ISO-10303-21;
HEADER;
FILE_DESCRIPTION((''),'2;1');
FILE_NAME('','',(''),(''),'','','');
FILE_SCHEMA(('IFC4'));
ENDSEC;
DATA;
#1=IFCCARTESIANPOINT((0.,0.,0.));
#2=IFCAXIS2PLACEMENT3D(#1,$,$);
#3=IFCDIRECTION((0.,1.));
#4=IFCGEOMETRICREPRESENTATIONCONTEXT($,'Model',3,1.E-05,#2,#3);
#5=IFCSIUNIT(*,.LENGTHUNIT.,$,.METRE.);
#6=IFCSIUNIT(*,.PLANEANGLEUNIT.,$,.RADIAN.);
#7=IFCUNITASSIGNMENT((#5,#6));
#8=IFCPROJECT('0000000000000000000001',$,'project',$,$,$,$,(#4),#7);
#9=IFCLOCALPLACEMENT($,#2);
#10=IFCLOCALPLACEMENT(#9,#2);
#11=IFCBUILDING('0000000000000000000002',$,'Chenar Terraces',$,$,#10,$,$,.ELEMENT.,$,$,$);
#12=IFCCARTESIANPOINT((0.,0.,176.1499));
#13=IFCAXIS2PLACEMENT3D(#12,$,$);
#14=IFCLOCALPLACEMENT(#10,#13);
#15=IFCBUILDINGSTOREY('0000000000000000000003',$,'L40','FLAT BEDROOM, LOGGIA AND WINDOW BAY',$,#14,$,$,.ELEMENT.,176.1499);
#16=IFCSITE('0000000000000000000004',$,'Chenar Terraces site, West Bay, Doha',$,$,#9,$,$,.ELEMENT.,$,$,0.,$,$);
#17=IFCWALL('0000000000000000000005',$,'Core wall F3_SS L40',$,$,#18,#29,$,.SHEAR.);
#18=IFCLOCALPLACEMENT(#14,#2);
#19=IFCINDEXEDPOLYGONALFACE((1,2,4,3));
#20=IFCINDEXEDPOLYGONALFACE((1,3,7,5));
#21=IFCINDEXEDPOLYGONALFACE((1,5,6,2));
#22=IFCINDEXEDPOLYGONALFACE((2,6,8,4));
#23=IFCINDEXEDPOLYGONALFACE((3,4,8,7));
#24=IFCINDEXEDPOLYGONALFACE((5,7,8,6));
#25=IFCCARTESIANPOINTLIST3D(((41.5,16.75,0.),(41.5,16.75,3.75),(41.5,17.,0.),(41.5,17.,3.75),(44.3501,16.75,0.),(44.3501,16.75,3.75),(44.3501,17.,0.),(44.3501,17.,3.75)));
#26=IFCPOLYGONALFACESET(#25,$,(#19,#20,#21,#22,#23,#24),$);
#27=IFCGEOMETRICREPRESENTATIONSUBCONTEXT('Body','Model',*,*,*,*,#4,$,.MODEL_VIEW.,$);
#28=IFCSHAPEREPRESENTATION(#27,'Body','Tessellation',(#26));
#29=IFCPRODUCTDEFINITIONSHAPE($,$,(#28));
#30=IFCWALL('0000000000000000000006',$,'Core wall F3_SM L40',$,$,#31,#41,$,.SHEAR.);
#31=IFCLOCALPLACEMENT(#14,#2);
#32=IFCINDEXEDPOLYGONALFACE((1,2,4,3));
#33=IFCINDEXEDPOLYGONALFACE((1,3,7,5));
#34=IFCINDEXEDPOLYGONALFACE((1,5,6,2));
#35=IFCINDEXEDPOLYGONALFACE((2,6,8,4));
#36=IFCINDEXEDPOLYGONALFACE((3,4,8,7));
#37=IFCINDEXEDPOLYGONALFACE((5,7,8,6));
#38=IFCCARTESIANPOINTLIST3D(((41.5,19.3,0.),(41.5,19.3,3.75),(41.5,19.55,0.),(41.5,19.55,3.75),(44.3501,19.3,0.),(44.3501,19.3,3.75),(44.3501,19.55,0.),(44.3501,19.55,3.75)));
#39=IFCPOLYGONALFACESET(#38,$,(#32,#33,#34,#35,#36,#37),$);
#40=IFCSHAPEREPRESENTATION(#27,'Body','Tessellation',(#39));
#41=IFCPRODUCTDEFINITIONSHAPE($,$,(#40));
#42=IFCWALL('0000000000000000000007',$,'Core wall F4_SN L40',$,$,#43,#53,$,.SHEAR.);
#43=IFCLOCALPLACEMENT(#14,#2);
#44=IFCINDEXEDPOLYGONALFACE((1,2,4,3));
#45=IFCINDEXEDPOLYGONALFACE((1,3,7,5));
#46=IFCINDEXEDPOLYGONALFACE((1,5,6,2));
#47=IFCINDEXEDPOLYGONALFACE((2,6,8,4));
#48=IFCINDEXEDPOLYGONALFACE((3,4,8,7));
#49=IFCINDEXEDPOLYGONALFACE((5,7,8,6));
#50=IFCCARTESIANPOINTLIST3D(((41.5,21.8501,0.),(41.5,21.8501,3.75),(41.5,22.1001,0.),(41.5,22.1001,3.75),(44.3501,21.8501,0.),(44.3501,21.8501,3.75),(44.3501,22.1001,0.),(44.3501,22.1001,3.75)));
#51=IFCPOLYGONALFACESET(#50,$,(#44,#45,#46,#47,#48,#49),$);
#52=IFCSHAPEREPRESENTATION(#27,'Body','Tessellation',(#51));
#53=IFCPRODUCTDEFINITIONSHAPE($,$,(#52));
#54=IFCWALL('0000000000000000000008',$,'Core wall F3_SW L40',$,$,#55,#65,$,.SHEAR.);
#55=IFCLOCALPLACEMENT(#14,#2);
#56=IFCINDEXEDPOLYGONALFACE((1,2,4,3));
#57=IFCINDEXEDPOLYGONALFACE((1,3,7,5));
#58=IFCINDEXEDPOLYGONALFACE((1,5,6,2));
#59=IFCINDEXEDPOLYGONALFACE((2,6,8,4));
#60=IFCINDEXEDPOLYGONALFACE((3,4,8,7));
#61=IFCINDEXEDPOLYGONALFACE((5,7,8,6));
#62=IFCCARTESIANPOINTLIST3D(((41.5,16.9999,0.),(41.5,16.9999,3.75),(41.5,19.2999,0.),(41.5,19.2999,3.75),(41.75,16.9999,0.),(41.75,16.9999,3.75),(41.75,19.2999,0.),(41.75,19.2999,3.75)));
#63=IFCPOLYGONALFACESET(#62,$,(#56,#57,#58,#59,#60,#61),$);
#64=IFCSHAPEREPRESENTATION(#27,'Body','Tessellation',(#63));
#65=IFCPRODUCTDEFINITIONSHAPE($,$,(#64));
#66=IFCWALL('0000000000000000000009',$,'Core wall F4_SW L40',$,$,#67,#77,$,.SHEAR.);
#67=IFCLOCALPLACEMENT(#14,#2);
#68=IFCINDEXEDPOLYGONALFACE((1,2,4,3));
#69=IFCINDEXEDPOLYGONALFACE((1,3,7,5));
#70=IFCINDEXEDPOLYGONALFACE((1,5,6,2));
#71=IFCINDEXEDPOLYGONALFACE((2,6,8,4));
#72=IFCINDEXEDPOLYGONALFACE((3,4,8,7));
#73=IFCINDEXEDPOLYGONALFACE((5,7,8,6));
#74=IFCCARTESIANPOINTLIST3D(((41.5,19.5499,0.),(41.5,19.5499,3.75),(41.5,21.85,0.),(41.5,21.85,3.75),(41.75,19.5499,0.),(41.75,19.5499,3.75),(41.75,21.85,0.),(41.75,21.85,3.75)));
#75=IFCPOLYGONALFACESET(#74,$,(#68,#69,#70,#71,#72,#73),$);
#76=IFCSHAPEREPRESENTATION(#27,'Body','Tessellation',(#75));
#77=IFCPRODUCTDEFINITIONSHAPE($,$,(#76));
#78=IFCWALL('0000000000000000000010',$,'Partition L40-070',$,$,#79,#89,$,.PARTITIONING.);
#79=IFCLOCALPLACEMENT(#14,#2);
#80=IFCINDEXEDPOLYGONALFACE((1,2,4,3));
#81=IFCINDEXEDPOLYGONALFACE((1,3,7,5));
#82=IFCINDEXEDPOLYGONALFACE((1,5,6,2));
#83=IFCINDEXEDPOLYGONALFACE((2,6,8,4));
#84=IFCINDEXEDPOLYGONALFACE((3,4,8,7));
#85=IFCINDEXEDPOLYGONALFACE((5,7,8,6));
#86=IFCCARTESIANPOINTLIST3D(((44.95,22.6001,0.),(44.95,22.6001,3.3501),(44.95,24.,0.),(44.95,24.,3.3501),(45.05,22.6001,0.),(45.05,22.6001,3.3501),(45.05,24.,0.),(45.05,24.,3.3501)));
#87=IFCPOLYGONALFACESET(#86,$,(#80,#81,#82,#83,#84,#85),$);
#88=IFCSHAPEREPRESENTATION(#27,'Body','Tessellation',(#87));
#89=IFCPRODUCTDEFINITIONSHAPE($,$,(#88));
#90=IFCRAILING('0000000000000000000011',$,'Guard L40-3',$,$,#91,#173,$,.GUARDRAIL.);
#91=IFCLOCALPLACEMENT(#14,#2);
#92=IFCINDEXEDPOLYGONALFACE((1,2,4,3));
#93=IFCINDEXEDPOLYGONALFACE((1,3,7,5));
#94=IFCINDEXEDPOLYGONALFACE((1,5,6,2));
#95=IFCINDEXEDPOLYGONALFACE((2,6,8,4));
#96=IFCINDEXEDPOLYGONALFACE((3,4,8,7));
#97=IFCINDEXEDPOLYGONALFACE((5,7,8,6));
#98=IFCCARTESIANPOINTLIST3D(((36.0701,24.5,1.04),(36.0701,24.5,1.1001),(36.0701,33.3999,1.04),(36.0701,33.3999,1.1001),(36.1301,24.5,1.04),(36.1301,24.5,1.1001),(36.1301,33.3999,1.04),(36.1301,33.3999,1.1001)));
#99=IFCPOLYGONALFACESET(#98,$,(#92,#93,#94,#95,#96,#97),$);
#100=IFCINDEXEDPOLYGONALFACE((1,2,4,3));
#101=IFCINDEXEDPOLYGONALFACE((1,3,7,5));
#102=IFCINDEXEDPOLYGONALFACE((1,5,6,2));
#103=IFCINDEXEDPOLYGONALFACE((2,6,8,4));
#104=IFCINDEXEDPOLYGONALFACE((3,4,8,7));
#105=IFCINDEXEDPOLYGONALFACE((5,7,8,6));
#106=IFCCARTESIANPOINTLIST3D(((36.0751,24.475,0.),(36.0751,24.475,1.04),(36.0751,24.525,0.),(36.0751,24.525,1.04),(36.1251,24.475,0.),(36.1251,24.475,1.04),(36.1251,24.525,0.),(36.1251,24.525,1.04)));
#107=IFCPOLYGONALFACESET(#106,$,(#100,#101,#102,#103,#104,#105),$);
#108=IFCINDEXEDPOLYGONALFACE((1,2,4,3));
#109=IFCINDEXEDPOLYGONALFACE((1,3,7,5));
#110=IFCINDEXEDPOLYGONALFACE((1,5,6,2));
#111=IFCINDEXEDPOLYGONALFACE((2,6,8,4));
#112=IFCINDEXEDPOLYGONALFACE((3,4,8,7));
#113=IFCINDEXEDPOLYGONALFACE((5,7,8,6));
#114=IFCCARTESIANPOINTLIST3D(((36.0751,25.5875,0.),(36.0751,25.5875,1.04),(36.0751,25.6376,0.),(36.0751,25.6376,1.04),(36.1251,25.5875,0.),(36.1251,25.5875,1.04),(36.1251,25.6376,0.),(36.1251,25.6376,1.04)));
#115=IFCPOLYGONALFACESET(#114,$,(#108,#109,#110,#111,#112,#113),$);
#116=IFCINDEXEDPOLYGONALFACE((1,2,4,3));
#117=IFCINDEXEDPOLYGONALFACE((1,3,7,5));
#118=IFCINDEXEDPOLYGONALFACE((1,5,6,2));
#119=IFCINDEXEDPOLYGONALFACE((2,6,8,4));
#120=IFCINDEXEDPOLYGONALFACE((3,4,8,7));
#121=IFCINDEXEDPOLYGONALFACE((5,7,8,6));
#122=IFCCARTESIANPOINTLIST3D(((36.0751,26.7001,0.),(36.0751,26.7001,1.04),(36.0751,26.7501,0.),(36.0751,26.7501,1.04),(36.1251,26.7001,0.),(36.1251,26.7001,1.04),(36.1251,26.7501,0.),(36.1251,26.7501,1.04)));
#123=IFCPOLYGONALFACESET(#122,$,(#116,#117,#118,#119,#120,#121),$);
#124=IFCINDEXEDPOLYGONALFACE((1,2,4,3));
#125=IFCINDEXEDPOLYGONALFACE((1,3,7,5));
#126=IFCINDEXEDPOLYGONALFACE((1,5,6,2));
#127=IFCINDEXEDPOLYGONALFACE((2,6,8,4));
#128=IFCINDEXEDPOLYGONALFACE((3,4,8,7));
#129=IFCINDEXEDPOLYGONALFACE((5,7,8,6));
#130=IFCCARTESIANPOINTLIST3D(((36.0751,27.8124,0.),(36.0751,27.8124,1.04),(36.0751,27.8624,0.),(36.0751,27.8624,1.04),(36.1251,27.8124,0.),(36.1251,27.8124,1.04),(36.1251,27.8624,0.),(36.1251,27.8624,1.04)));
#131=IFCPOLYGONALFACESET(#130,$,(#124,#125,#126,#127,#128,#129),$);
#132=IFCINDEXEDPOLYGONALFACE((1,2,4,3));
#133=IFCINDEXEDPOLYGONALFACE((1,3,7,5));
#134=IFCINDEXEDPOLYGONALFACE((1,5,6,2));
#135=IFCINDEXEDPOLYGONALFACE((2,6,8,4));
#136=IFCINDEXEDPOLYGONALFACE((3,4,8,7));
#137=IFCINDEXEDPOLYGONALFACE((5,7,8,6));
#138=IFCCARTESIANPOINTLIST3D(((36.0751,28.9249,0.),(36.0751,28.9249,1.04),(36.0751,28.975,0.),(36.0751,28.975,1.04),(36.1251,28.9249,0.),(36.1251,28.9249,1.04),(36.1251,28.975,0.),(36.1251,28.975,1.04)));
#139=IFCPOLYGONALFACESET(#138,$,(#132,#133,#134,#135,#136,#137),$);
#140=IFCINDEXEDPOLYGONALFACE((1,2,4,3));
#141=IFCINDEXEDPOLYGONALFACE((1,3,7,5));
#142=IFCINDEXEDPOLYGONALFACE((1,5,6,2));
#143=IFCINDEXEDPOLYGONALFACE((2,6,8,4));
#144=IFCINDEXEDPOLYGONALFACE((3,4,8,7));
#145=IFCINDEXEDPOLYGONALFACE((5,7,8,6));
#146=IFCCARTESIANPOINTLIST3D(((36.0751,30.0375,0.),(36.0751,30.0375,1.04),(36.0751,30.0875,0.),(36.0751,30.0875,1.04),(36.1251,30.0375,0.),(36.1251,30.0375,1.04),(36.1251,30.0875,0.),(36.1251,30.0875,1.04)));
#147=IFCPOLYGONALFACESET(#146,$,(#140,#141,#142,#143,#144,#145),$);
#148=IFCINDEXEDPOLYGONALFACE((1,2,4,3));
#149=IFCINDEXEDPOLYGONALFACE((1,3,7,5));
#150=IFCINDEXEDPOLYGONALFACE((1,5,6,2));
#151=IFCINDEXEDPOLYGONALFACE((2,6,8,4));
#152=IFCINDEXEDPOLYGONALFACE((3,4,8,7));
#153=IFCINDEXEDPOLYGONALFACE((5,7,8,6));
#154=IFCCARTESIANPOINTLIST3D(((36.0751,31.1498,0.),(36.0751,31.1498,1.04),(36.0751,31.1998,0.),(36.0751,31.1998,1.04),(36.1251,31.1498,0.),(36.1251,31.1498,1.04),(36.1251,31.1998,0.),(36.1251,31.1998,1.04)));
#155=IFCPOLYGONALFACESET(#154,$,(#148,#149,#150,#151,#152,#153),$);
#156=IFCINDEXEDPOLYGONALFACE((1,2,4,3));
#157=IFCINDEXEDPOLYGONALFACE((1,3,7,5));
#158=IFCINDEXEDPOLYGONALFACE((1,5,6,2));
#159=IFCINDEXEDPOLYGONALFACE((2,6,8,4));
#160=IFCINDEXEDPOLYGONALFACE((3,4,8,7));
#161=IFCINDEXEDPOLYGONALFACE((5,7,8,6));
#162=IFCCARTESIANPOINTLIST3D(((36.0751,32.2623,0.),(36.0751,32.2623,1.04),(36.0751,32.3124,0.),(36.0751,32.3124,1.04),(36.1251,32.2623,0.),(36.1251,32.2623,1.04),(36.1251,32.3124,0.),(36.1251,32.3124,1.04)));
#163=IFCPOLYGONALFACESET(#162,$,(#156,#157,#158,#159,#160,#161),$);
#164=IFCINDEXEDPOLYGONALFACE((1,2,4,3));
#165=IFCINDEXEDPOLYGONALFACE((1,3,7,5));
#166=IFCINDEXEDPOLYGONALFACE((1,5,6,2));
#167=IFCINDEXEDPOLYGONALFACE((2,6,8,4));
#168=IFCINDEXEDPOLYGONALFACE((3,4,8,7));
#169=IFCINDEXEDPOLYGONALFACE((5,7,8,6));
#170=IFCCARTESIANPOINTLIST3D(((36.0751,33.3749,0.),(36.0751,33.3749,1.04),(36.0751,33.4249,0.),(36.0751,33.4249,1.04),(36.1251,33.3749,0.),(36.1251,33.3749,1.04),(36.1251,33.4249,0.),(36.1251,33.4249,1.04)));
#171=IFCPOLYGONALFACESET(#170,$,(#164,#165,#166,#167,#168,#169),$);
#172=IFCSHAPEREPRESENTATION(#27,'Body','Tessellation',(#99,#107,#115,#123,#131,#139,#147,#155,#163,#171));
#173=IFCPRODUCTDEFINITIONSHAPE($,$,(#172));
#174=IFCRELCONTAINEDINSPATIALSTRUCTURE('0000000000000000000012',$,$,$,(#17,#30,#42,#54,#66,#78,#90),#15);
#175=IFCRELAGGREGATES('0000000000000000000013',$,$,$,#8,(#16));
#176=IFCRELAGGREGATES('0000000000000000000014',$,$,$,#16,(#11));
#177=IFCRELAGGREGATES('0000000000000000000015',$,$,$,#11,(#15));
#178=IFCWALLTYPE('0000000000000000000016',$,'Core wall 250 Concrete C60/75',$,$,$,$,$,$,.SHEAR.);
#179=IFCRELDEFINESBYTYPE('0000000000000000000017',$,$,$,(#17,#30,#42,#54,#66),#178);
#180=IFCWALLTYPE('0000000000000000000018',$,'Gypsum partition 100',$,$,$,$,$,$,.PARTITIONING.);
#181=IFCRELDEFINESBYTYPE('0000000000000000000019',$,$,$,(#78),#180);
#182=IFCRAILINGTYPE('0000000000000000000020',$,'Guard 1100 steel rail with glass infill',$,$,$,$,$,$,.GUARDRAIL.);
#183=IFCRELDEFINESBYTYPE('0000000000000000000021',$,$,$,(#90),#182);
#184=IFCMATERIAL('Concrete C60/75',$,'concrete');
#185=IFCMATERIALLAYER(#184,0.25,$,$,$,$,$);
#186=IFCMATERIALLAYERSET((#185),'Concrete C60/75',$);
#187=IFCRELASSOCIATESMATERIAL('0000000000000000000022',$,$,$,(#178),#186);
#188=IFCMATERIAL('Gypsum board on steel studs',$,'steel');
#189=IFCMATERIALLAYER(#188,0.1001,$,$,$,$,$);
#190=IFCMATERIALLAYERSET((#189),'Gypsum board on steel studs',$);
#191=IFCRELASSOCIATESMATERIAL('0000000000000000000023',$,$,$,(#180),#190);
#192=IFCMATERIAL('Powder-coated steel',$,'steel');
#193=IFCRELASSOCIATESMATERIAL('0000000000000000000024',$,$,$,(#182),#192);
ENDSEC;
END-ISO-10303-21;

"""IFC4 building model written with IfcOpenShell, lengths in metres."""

from ifc_helpers import new_model, si_unit, direction, frame, frame_2d, origin, origin_2d, place, context, subcontext, project, spatial, rectangle, extrude, material, layer, layer_set, type_object, element, save


model = new_model("IFC4")

# Units and contexts
model_context = context("Model", 3, precision=1e-05, world=origin(), true_north=direction((0.0, 1.0)))
body_context = subcontext(model_context, "Body", "Model", "MODEL_VIEW")
ifc_project = project(units=[si_unit("LENGTHUNIT", "METRE"), si_unit("PLANEANGLEUNIT", "RADIAN")], contexts=[model_context])

# Site, building, storey
site_placement = place(None, origin())
site = spatial("IfcSite", under=ifc_project, at=site_placement, Name="Chenar Terraces site, West Bay, Doha", CompositionType="ELEMENT", RefElevation=0.0)
building_placement = place(site_placement, origin())
building = spatial("IfcBuilding", under=site, at=building_placement, Name="Chenar Terraces", CompositionType="ELEMENT")
storey_placement = place(building_placement, frame((0.0, 0.0, 176.1499)))
storey = spatial("IfcBuildingStorey", under=building, at=storey_placement, Name="L40", Description="FLAT BEDROOM, LOGGIA AND WINDOW BAY", CompositionType="ELEMENT", Elevation=176.1499)

# Shared definitions
ifc_material_1 = material(Name="Concrete C60/75", Category="concrete")
ifc_layer_1 = layer(ifc_material_1, 0.25)
ifc_layer_set_1 = layer_set([ifc_layer_1], Name="Concrete C60/75")
wall_type_1 = type_object("IfcWallType", Name="Core wall 250 Concrete C60/75", PredefinedType="SHEAR", material=ifc_layer_set_1)

# Walls
for number, where, z_axis, x_axis, name in (
    (1, (41.5, 16.875, 0.0), (0.0, 0.0, 1.0), (1.0, 0.0, 0.0), "Core wall F3_SS L40"),
    (2, (41.5, 19.425, 0.0), (0.0, 0.0, 1.0), (1.0, 0.0, 0.0), "Core wall F3_SM L40"),
    (3, (41.5, 21.9751, 0.0), (0.0, 0.0, 1.0), (1.0, 0.0, 0.0), "Core wall F4_SN L40"),
):
    element("IfcWall", number, at=place(storey_placement, frame(where, z_axis=z_axis, x_axis=x_axis)), inside=storey, type_object=wall_type_1, Name=name, PredefinedType="SHEAR", context=body_context, shape_type="SweptSolid", body=[
        extrude(rectangle(XDim=2.8501, YDim=0.25, at=frame_2d((1.425, 0.0))), origin(), (0.0, 0.0, 1.0), 3.75),
    ])
for number, where, z_axis, x_axis, name in (
    (4, (41.625, 17.0, 0.0), (0.0, 0.0, 1.0), (0.0, 1.0, 0.0), "Core wall F3_SW L40"),
    (5, (41.625, 19.55, 0.0), (0.0, 0.0, 1.0), (0.0, 1.0, 0.0), "Core wall F4_SW L40"),
):
    element("IfcWall", number, at=place(storey_placement, frame(where, z_axis=z_axis, x_axis=x_axis)), inside=storey, type_object=wall_type_1, Name=name, PredefinedType="SHEAR", context=body_context, shape_type="SweptSolid", body=[
        extrude(rectangle(XDim=2.3, YDim=0.25, at=frame_2d((1.1499, 0.0))), origin(), (0.0, 0.0, 1.0), 3.75),
    ])
ifc_material_2 = material(Name="Gypsum board on steel studs", Category="steel")
ifc_layer_2 = layer(ifc_material_2, 0.1001)
ifc_layer_set_2 = layer_set([ifc_layer_2], Name="Gypsum board on steel studs")
wall_type_2 = type_object("IfcWallType", Name="Gypsum partition 100", PredefinedType="PARTITIONING", material=ifc_layer_set_2)
wall_1_placement = place(storey_placement, frame((45.0, 22.6001, 0.0), z_axis=(0.0, 0.0, 1.0), x_axis=(0.0, 1.0, 0.0)))
element("IfcWall", 6, at=wall_1_placement, inside=storey, type_object=wall_type_2, Name="Partition L40-070", PredefinedType="PARTITIONING", context=body_context, shape_type="SweptSolid", body=[
    extrude(rectangle(XDim=1.3999, YDim=0.1001, at=frame_2d((0.7, 0.0))), origin(), (0.0, 0.0, 1.0), 3.3501),
])

# Railing
ifc_material_3 = material(Name="Powder-coated steel", Category="steel")
railing_type = type_object("IfcRailingType", Name="Guard 1100 steel rail with glass infill", PredefinedType="GUARDRAIL", material=ifc_material_3)
railing_placement = place(storey_placement, frame((36.1001, 24.5, 0.0)))
element("IfcRailing", 7, at=railing_placement, inside=storey, type_object=railing_type, Name="Guard L40-3", PredefinedType="GUARDRAIL", context=body_context, shape_type="SweptSolid", body=[
    extrude(rectangle(XDim=0.0601, YDim=0.0601, at=origin_2d()), frame((0.0, 0.0, 1.0701), z_axis=(0.0, 1.0, 0.0), x_axis=(-1.0, 0.0, 0.0)), (0.0, 0.0, 1.0), 8.8999),
    extrude(rectangle(XDim=0.05, YDim=0.05, at=origin_2d()), origin(), (0.0, 0.0, 1.0), 1.04),
    extrude(rectangle(XDim=0.05, YDim=0.05, at=origin_2d()), frame((0.0, 1.1125, 0.0)), (0.0, 0.0, 1.0), 1.04),
    extrude(rectangle(XDim=0.05, YDim=0.05, at=origin_2d()), frame((0.0, 2.2251, 0.0)), (0.0, 0.0, 1.0), 1.04),
    extrude(rectangle(XDim=0.05, YDim=0.05, at=origin_2d()), frame((0.0, 3.3374, 0.0)), (0.0, 0.0, 1.0), 1.04),
    extrude(rectangle(XDim=0.05, YDim=0.05, at=origin_2d()), frame((0.0, 4.45, 0.0)), (0.0, 0.0, 1.0), 1.04),
    extrude(rectangle(XDim=0.05, YDim=0.05, at=origin_2d()), frame((0.0, 5.5625, 0.0)), (0.0, 0.0, 1.0), 1.04),
    extrude(rectangle(XDim=0.05, YDim=0.05, at=origin_2d()), frame((0.0, 6.6748, 0.0)), (0.0, 0.0, 1.0), 1.04),
    extrude(rectangle(XDim=0.05, YDim=0.05, at=origin_2d()), frame((0.0, 7.7874, 0.0)), (0.0, 0.0, 1.0), 1.04),
    extrude(rectangle(XDim=0.05, YDim=0.05, at=origin_2d()), frame((0.0, 8.8999, 0.0)), (0.0, 0.0, 1.0), 1.04),
])

save(model, "model.ifc")
